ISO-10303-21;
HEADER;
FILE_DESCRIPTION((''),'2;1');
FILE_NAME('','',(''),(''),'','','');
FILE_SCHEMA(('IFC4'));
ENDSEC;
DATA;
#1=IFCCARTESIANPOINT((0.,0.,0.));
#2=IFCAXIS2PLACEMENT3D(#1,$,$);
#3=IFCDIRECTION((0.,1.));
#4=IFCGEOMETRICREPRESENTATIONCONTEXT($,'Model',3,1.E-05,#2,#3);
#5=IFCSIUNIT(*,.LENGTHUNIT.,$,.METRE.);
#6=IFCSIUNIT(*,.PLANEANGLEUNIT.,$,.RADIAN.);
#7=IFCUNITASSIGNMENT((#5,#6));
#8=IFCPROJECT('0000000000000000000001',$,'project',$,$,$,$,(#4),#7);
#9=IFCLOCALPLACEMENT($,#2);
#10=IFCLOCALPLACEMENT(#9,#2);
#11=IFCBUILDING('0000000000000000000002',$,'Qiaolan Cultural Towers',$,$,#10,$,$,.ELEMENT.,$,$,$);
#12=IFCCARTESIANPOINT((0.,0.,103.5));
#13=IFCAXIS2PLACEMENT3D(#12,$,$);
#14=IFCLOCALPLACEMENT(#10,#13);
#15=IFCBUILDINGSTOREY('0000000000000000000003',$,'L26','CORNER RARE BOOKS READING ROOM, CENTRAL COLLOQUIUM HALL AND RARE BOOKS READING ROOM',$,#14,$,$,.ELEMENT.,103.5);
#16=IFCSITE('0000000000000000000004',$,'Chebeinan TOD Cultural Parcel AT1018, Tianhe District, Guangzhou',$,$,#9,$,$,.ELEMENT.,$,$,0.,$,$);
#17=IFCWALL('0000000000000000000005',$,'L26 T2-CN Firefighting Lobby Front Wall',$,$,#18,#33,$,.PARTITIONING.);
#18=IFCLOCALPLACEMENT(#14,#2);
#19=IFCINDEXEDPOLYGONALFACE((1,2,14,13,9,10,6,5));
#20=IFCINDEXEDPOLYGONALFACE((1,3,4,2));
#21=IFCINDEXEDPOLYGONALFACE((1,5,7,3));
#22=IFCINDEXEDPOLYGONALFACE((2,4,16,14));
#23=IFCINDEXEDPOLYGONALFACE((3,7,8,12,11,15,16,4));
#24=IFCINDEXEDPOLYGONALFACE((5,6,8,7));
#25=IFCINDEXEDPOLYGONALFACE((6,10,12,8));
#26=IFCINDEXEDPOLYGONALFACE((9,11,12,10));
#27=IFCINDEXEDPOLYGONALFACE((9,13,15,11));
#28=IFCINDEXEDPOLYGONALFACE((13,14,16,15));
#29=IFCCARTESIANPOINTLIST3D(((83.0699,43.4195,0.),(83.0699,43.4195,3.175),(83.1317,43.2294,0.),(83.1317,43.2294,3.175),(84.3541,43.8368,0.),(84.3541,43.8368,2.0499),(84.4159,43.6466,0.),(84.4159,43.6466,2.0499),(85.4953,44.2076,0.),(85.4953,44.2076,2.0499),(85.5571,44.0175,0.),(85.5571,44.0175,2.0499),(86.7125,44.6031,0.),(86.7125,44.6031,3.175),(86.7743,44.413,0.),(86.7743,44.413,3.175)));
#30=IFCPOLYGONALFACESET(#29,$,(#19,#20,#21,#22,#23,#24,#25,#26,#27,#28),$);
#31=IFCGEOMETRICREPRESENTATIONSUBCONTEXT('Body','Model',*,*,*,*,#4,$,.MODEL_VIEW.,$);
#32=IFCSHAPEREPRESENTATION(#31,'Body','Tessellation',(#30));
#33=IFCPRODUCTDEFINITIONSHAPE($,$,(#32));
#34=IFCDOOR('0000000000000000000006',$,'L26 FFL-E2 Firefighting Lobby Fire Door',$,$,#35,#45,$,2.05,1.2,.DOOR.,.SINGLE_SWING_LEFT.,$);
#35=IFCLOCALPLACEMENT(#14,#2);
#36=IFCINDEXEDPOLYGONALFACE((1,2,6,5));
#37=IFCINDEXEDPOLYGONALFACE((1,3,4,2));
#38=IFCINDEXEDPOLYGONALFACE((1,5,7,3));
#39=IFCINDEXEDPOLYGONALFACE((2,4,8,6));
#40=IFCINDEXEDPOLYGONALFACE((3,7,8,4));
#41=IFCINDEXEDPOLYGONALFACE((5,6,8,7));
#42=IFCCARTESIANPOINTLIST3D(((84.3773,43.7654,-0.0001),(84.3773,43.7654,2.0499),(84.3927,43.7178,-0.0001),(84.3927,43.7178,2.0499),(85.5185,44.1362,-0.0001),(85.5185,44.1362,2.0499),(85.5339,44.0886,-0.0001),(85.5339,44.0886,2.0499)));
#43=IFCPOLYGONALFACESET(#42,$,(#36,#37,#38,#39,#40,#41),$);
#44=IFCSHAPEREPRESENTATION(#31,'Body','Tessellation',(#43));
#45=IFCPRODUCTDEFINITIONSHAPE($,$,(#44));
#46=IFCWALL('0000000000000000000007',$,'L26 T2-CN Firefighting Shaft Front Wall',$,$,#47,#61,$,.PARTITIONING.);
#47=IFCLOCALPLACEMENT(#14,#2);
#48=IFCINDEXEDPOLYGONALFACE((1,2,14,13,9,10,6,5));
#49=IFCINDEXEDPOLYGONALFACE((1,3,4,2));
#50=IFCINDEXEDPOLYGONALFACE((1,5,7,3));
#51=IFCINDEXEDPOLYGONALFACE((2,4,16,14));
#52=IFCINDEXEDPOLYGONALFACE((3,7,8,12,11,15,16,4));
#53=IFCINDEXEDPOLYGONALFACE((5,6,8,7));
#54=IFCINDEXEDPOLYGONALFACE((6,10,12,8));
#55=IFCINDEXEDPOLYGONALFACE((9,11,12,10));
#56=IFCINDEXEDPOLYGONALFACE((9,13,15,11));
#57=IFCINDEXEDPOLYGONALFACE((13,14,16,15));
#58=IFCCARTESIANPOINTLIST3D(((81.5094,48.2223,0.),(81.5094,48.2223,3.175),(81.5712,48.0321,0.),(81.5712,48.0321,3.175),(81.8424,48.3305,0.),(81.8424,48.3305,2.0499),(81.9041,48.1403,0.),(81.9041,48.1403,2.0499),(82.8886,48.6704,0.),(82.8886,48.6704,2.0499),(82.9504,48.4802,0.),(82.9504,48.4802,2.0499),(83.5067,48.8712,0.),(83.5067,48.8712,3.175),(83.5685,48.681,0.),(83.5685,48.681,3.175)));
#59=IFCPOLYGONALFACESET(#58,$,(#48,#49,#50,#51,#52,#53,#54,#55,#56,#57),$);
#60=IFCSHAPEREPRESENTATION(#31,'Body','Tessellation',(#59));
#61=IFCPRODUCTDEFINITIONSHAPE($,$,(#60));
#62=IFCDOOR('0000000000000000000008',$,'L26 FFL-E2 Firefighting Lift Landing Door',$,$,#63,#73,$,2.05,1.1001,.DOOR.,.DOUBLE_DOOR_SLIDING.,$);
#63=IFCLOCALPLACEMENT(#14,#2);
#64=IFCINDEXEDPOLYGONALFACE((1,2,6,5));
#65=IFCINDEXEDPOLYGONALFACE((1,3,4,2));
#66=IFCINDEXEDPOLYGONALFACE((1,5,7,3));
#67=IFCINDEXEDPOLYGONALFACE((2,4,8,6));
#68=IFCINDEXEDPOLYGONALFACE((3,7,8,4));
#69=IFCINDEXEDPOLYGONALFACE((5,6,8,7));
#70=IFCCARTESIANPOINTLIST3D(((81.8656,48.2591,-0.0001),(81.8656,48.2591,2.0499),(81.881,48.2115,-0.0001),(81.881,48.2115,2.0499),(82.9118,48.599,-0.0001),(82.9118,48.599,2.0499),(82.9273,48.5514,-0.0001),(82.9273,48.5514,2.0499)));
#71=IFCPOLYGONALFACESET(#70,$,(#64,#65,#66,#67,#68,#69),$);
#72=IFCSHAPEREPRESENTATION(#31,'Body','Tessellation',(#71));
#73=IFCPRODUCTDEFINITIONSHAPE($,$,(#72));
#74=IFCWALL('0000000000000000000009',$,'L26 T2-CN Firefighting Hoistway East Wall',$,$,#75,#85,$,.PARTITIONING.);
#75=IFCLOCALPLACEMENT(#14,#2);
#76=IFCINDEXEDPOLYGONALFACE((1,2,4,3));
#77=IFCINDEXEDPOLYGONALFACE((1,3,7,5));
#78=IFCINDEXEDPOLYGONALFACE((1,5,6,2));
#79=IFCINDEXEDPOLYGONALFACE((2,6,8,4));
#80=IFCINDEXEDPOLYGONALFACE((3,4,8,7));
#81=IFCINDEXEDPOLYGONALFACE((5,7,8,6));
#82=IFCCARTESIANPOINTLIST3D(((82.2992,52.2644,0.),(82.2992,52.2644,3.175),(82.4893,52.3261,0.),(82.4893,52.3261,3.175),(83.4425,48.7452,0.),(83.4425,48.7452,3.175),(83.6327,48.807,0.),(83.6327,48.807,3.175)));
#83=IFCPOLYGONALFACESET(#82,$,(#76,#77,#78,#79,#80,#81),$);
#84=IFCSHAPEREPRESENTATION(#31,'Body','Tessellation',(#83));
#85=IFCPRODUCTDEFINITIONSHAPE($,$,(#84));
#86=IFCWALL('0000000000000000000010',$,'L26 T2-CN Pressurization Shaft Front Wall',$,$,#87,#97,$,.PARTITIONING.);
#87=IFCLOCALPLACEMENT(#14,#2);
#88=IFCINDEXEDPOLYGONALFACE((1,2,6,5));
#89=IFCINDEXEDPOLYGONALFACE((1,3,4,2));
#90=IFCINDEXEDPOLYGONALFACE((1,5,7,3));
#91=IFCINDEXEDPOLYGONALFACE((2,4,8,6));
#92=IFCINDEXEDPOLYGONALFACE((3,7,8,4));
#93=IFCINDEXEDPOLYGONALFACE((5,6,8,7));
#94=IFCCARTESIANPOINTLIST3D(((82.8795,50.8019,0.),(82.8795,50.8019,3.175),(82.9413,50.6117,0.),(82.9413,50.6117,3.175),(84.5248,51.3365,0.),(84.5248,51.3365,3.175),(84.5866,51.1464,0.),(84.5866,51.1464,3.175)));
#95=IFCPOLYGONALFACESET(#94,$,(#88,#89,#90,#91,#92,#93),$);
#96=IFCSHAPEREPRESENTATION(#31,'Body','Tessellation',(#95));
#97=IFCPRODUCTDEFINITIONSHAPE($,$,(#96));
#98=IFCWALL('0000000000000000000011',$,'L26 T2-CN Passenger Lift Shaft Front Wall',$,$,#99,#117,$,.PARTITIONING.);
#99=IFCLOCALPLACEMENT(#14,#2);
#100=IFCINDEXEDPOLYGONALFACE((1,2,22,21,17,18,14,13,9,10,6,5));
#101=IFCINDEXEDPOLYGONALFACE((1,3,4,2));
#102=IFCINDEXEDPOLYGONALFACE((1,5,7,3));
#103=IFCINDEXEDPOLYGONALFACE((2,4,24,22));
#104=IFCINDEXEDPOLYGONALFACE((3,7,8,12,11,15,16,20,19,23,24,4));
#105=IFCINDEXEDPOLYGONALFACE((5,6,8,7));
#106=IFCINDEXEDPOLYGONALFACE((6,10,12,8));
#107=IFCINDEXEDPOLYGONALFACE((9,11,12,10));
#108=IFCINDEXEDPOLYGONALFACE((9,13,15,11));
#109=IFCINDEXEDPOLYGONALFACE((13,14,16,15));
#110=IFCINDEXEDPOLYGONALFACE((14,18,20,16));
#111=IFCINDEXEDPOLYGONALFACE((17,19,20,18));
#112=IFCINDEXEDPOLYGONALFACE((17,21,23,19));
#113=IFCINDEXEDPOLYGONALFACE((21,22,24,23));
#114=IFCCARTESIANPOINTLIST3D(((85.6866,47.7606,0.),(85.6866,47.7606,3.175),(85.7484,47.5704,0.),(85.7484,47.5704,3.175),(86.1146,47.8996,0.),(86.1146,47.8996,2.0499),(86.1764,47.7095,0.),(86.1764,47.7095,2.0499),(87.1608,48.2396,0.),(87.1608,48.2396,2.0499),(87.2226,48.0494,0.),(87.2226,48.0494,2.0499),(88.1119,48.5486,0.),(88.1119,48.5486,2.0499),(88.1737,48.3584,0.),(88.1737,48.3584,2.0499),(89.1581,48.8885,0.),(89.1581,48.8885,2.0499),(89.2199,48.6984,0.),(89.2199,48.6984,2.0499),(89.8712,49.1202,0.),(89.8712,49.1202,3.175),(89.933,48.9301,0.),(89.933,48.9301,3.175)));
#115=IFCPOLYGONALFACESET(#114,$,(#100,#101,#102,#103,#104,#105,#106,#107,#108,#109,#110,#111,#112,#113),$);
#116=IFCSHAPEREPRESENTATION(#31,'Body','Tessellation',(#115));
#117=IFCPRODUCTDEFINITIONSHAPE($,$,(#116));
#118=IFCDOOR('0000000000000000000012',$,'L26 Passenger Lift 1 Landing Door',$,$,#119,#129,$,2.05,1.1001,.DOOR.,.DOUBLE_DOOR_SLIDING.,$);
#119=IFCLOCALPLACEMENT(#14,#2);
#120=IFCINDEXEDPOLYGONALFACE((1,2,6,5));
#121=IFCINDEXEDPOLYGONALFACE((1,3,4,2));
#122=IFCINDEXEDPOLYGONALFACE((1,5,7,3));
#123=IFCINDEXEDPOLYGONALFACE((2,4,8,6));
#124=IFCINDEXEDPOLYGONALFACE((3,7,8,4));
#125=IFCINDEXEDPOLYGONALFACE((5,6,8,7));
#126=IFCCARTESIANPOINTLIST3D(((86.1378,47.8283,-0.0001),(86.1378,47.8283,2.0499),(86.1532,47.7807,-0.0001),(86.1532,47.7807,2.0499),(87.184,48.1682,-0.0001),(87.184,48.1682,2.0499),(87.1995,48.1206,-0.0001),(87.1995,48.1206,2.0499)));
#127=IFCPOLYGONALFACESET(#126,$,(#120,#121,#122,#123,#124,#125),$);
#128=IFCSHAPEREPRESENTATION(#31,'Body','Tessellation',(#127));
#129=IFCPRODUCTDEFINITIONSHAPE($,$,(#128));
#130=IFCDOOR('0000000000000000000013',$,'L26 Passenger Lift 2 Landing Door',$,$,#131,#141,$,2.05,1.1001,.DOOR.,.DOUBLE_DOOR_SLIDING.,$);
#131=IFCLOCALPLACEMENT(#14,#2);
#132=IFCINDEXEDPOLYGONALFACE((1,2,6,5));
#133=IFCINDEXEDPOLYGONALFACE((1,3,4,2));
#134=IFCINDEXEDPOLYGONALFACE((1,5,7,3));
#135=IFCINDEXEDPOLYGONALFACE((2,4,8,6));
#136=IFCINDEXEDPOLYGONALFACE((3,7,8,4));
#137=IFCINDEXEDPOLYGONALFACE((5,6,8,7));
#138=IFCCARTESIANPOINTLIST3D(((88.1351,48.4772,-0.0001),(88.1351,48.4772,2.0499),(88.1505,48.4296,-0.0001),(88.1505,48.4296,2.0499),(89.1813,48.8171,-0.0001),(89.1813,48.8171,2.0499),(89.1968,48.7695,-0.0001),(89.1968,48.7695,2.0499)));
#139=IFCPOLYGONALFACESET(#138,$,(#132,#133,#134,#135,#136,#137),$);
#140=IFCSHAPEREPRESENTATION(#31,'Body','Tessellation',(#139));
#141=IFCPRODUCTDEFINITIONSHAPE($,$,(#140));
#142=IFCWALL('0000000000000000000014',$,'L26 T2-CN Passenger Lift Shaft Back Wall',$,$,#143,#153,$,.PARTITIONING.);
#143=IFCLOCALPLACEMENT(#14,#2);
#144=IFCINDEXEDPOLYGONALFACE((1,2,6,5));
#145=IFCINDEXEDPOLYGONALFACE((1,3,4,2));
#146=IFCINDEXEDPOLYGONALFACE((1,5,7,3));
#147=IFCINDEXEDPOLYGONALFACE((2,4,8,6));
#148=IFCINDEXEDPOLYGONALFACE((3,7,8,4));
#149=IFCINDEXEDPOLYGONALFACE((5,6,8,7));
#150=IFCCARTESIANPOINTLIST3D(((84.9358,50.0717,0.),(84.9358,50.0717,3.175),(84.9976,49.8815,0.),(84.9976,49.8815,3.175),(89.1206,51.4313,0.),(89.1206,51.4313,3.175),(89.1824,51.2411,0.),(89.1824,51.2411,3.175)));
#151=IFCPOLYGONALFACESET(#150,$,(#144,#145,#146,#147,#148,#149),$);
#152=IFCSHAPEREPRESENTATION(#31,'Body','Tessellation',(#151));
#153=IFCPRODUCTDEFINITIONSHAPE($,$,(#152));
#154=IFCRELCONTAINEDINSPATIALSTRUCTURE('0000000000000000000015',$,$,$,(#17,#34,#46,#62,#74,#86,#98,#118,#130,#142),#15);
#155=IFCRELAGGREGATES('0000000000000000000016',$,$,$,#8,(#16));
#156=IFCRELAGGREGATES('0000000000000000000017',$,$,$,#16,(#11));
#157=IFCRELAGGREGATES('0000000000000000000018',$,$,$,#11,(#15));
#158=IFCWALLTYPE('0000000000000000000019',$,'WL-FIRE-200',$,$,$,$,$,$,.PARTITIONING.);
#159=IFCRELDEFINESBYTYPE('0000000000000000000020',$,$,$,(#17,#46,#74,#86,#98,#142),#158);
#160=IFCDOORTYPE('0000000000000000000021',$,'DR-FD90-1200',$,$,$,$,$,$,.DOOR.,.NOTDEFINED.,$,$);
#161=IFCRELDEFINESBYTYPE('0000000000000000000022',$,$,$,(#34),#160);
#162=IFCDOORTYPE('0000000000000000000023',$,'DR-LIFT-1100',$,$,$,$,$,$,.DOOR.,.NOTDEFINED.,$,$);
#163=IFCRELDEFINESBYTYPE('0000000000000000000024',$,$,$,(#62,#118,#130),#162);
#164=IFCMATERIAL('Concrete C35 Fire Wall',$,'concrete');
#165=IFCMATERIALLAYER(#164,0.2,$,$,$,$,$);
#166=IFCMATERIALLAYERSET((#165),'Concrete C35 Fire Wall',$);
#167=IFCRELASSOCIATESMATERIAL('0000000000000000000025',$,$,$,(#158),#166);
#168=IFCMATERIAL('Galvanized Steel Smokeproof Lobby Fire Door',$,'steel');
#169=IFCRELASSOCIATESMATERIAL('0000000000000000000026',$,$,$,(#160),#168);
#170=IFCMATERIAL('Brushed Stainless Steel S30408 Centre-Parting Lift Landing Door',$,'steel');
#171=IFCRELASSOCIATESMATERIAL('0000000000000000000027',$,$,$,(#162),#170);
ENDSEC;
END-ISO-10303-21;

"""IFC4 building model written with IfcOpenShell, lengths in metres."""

from ifc_helpers import new_model, si_unit, direction, frame, frame_2d, origin, place, context, subcontext, project, spatial, rectangle, extrude, material, layer, layer_set, type_object, element, fill, save


model = new_model("IFC4")

# Units and contexts
model_context = context("Model", 3, precision=1e-05, world=origin(), true_north=direction((0.0, 1.0)))
body_context = subcontext(model_context, "Body", "Model", "MODEL_VIEW")
ifc_project = project(units=[si_unit("LENGTHUNIT", "METRE"), si_unit("PLANEANGLEUNIT", "RADIAN")], contexts=[model_context])

# Site, building, storey
site_placement = place(None, origin())
site = spatial("IfcSite", under=ifc_project, at=site_placement, Name="Chebeinan TOD Cultural Parcel AT1018, Tianhe District, Guangzhou", CompositionType="ELEMENT", RefElevation=0.0)
building_placement = place(site_placement, origin())
building = spatial("IfcBuilding", under=site, at=building_placement, Name="Qiaolan Cultural Towers", CompositionType="ELEMENT")
storey_placement = place(building_placement, frame((0.0, 0.0, 103.5)))
storey = spatial("IfcBuildingStorey", under=building, at=storey_placement, Name="L26", Description="CORNER RARE BOOKS READING ROOM, CENTRAL COLLOQUIUM HALL AND RARE BOOKS READING ROOM", CompositionType="ELEMENT", Elevation=103.5)

# Shared definitions
ifc_material_1 = material(Name="Concrete C35 Fire Wall", Category="concrete")
ifc_layer_1 = layer(ifc_material_1, 0.2)
ifc_layer_set_1 = layer_set([ifc_layer_1], Name="Concrete C35 Fire Wall")
wall_type_1 = type_object("IfcWallType", Name="WL-FIRE-200", PredefinedType="PARTITIONING", material=ifc_layer_set_1)

# Walls, openings, doors
wall_1_placement = place(storey_placement, frame((83.1008, 43.3245, 0.0), z_axis=(0.0, 0.0, 1.0), x_axis=(0.951053, 0.309028, 0.0)))
wall_1 = element("IfcWall", 1, at=wall_1_placement, inside=storey, type_object=wall_type_1, Name="L26 T2-CN Firefighting Lobby Front Wall", PredefinedType="PARTITIONING", context=body_context, shape_type="SweptSolid", body=[
    extrude(rectangle(XDim=3.8301, YDim=0.2, at=frame_2d((1.915, 0.0))), origin(), (0.0, 0.0, 1.0), 3.175),
])
opening_1_placement = place(wall_1_placement, frame((1.3501, 0.0, 0.0)))
opening_1 = element("IfcOpeningElement", 2, at=opening_1_placement, cuts=wall_1, PredefinedType="OPENING", context=body_context, shape_type="SweptSolid", body=[
    extrude(rectangle(XDim=1.2, YDim=2.05, at=frame_2d((0.6001, 1.0249))), frame((0.0, 0.1099, 0.0), z_axis=(0.0, -1.0, 0.0), x_axis=(1.0, 0.0, 0.0)), (0.0, 0.0, 1.0), 0.22),
])
ifc_material_2 = material(Name="Galvanized Steel Smokeproof Lobby Fire Door", Category="steel")
door_type_1 = type_object("IfcDoorType", Name="DR-FD90-1200", OperationType="NOTDEFINED", PredefinedType="DOOR", material=ifc_material_2)
door_1_placement = place(opening_1_placement, origin())
door_1 = element("IfcDoor", 3, at=door_1_placement, inside=storey, type_object=door_type_1, Name="L26 FFL-E2 Firefighting Lobby Fire Door", OperationType="SINGLE_SWING_LEFT", OverallHeight=2.05, OverallWidth=1.2, PredefinedType="DOOR", context=body_context, shape_type="SweptSolid", body=[
    extrude(rectangle(XDim=1.2, YDim=2.05, at=frame_2d((0.6001, 1.0249))), frame((0.0, 0.0249, 0.0), z_axis=(0.0, -1.0, 0.0), x_axis=(1.0, 0.0, 0.0)), (0.0, 0.0, 1.0), 0.05),
])
fill(opening_1, door_1)
wall_2_placement = place(storey_placement, frame((81.5403, 48.1272, 0.0), z_axis=(0.0, 0.0, 1.0), x_axis=(0.951062, 0.308999, 0.0)))
wall_2 = element("IfcWall", 4, at=wall_2_placement, inside=storey, type_object=wall_type_1, Name="L26 T2-CN Firefighting Shaft Front Wall", PredefinedType="PARTITIONING", context=body_context, shape_type="SweptSolid", body=[
    extrude(rectangle(XDim=2.1001, YDim=0.2, at=frame_2d((1.05, 0.0))), origin(), (0.0, 0.0, 1.0), 3.175),
])
opening_2_placement = place(wall_2_placement, frame((0.3501, 0.0, 0.0)))
opening_2 = element("IfcOpeningElement", 5, at=opening_2_placement, cuts=wall_2, PredefinedType="OPENING", context=body_context, shape_type="SweptSolid", body=[
    extrude(rectangle(XDim=1.1001, YDim=2.05, at=frame_2d((0.55, 1.0249))), frame((0.0, 0.1099, 0.0), z_axis=(0.0, -1.0, 0.0), x_axis=(1.0, 0.0, 0.0)), (0.0, 0.0, 1.0), 0.22),
])
ifc_material_3 = material(Name="Brushed Stainless Steel S30408 Centre-Parting Lift Landing Door", Category="steel")
door_type_2 = type_object("IfcDoorType", Name="DR-LIFT-1100", OperationType="NOTDEFINED", PredefinedType="DOOR", material=ifc_material_3)
door_2_placement = place(opening_2_placement, origin())
door_2 = element("IfcDoor", 6, at=door_2_placement, inside=storey, type_object=door_type_2, Name="L26 FFL-E2 Firefighting Lift Landing Door", OperationType="DOUBLE_DOOR_SLIDING", OverallHeight=2.05, OverallWidth=1.1001, PredefinedType="DOOR", context=body_context, shape_type="SweptSolid", body=[
    extrude(rectangle(XDim=1.1001, YDim=2.05, at=frame_2d((0.55, 1.0249))), frame((0.0, 0.0249, 0.0), z_axis=(0.0, -1.0, 0.0), x_axis=(1.0, 0.0, 0.0)), (0.0, 0.0, 1.0), 0.05),
])
fill(opening_2, door_2)

# Walls
wall_3_placement = place(storey_placement, frame((83.5376, 48.7761, 0.0), z_axis=(0.0, 0.0, 1.0), x_axis=(-0.308994, 0.951064, 0.0)))
element("IfcWall", 7, at=wall_3_placement, inside=storey, type_object=wall_type_1, Name="L26 T2-CN Firefighting Hoistway East Wall", PredefinedType="PARTITIONING", context=body_context, shape_type="SweptSolid", body=[
    extrude(rectangle(XDim=3.7002, YDim=0.2, at=frame_2d((1.8501, 0.0))), origin(), (0.0, 0.0, 1.0), 3.175),
])
wall_4_placement = place(storey_placement, frame((82.9104, 50.7068, 0.0), z_axis=(0.0, 0.0, 1.0), x_axis=(0.951041, 0.309064, 0.0)))
element("IfcWall", 8, at=wall_4_placement, inside=storey, type_object=wall_type_1, Name="L26 T2-CN Pressurization Shaft Front Wall", PredefinedType="PARTITIONING", context=body_context, shape_type="SweptSolid", body=[
    extrude(rectangle(XDim=1.73, YDim=0.2, at=frame_2d((0.865, 0.0))), origin(), (0.0, 0.0, 1.0), 3.175),
])

# Wall, openings, doors
wall_5_placement = place(storey_placement, frame((85.7175, 47.6655, 0.0), z_axis=(0.0, 0.0, 1.0), x_axis=(0.951059, 0.309011, 0.0)))
wall_5 = element("IfcWall", 9, at=wall_5_placement, inside=storey, type_object=wall_type_1, Name="L26 T2-CN Passenger Lift Shaft Front Wall", PredefinedType="PARTITIONING", context=body_context, shape_type="SweptSolid", body=[
    extrude(rectangle(XDim=4.3999, YDim=0.2, at=frame_2d((2.2, 0.0))), origin(), (0.0, 0.0, 1.0), 3.175),
])
opening_3_placement = place(wall_5_placement, frame((0.45, 0.0, 0.0)))
opening_3 = element("IfcOpeningElement", 10, at=opening_3_placement, cuts=wall_5, PredefinedType="OPENING", context=body_context, shape_type="SweptSolid", body=[
    extrude(rectangle(XDim=1.1001, YDim=2.05, at=frame_2d((0.55, 1.0249))), frame((0.0, 0.1099, 0.0), z_axis=(0.0, -1.0, 0.0), x_axis=(1.0, 0.0, 0.0)), (0.0, 0.0, 1.0), 0.22),
])
opening_4_placement = place(wall_5_placement, frame((2.55, 0.0, 0.0)))
opening_4 = element("IfcOpeningElement", 11, at=opening_4_placement, cuts=wall_5, PredefinedType="OPENING", context=body_context, shape_type="SweptSolid", body=[
    extrude(rectangle(XDim=1.1001, YDim=2.05, at=frame_2d((0.55, 1.0249))), frame((0.0, 0.1099, 0.0), z_axis=(0.0, -1.0, 0.0), x_axis=(1.0, 0.0, 0.0)), (0.0, 0.0, 1.0), 0.22),
])
door_3_placement = place(opening_3_placement, origin())
door_3 = element("IfcDoor", 12, at=door_3_placement, inside=storey, type_object=door_type_2, Name="L26 Passenger Lift 1 Landing Door", OperationType="DOUBLE_DOOR_SLIDING", OverallHeight=2.05, OverallWidth=1.1001, PredefinedType="DOOR", context=body_context, shape_type="SweptSolid", body=[
    extrude(rectangle(XDim=1.1001, YDim=2.05, at=frame_2d((0.55, 1.0249))), frame((0.0, 0.0249, 0.0), z_axis=(0.0, -1.0, 0.0), x_axis=(1.0, 0.0, 0.0)), (0.0, 0.0, 1.0), 0.05),
])
fill(opening_3, door_3)
door_4_placement = place(opening_4_placement, origin())
door_4 = element("IfcDoor", 13, at=door_4_placement, inside=storey, type_object=door_type_2, Name="L26 Passenger Lift 2 Landing Door", OperationType="DOUBLE_DOOR_SLIDING", OverallHeight=2.05, OverallWidth=1.1001, PredefinedType="DOOR", context=body_context, shape_type="SweptSolid", body=[
    extrude(rectangle(XDim=1.1001, YDim=2.05, at=frame_2d((0.55, 1.0249))), frame((0.0, 0.0249, 0.0), z_axis=(0.0, -1.0, 0.0), x_axis=(1.0, 0.0, 0.0)), (0.0, 0.0, 1.0), 0.05),
])
fill(opening_4, door_4)

# Wall
wall_6_placement = place(storey_placement, frame((84.9666, 49.9766, 0.0), z_axis=(0.0, 0.0, 1.0), x_axis=(0.951064, 0.308994, 0.0)))
element("IfcWall", 14, at=wall_6_placement, inside=storey, type_object=wall_type_1, Name="L26 T2-CN Passenger Lift Shaft Back Wall", PredefinedType="PARTITIONING", context=body_context, shape_type="SweptSolid", body=[
    extrude(rectangle(XDim=4.4001, YDim=0.2, at=frame_2d((2.2002, 0.0))), origin(), (0.0, 0.0, 1.0), 3.175),
])

save(model, "model.ifc")
